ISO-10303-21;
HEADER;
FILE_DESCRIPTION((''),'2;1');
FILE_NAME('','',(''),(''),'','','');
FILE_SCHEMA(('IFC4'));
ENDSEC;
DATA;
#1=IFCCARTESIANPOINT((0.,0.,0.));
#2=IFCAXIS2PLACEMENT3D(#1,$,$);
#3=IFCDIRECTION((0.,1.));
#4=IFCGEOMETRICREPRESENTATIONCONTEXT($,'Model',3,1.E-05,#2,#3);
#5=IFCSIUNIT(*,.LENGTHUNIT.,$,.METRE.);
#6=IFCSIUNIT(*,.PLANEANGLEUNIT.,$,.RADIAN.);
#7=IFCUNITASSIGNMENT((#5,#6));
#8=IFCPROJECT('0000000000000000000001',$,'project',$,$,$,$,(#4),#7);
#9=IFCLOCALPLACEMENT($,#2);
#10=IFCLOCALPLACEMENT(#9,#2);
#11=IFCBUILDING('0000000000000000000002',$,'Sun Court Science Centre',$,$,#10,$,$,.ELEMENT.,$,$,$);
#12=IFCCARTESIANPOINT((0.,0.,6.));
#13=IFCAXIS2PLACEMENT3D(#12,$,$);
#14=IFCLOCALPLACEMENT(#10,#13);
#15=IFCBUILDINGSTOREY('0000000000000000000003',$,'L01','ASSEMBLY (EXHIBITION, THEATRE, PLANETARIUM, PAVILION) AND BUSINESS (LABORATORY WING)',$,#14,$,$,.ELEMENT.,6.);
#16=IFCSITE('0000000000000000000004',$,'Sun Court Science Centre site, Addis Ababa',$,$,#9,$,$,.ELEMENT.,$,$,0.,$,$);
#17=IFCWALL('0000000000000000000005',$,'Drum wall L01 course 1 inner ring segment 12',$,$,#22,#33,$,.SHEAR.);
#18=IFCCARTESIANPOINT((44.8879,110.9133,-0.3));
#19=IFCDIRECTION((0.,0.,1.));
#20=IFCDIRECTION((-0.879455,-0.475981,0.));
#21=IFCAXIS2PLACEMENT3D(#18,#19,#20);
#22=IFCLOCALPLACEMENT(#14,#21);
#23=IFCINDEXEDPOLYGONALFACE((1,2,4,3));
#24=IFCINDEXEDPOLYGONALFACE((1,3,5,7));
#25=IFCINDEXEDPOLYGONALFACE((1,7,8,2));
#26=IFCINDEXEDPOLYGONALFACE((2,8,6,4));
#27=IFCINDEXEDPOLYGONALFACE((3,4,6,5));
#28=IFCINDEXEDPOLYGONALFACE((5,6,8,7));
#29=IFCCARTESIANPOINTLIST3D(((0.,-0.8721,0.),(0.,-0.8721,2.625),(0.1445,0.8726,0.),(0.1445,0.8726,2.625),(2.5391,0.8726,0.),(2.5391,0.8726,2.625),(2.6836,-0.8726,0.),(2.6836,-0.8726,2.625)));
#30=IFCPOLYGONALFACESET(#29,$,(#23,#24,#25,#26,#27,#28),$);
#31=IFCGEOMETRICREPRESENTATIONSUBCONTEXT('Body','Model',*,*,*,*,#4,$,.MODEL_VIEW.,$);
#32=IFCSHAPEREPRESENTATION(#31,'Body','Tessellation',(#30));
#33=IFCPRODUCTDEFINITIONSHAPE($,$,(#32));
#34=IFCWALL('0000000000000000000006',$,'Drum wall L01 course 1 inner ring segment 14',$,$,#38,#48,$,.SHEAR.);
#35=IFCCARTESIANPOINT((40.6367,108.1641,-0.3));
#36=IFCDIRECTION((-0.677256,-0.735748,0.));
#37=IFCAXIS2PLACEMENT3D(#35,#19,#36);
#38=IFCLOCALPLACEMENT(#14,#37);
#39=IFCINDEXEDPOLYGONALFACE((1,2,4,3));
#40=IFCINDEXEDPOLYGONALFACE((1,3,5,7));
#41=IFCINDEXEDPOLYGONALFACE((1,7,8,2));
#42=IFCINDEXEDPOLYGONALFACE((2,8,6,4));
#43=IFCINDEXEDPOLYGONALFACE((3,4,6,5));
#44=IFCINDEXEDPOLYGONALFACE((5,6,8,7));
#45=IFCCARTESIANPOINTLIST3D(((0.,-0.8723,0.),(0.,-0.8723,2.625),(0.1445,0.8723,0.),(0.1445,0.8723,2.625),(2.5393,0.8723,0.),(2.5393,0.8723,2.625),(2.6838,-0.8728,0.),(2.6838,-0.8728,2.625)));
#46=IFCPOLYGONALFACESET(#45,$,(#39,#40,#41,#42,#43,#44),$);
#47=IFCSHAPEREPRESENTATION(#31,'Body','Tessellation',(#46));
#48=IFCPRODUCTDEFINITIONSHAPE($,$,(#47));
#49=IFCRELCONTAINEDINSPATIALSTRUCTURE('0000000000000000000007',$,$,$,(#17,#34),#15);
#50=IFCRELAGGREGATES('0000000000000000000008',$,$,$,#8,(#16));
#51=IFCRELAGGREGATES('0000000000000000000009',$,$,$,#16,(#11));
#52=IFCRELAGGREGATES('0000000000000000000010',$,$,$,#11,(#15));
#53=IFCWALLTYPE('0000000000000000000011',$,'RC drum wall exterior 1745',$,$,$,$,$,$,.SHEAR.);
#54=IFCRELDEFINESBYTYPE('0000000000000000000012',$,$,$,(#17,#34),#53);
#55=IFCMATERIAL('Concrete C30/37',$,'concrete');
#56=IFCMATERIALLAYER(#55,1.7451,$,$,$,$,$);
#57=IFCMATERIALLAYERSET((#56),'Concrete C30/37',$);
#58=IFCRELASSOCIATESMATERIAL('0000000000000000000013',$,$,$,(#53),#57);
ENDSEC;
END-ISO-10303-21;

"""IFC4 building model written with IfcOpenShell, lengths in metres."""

from ifc_helpers import new_model, si_unit, direction, frame, origin, place, context, subcontext, project, spatial, polyline, outline, extrude, material, layer, layer_set, type_object, element, save


model = new_model("IFC4")

# Units and contexts
model_context = context("Model", 3, precision=1e-05, world=origin(), true_north=direction((0.0, 1.0)))
body_context = subcontext(model_context, "Body", "Model", "MODEL_VIEW")
ifc_project = project(units=[si_unit("LENGTHUNIT", "METRE"), si_unit("PLANEANGLEUNIT", "RADIAN")], contexts=[model_context])

# Site, building, storey
site_placement = place(None, origin())
site = spatial("IfcSite", under=ifc_project, at=site_placement, Name="Sun Court Science Centre site, Addis Ababa", CompositionType="ELEMENT", RefElevation=0.0)
building_placement = place(site_placement, origin())
building = spatial("IfcBuilding", under=site, at=building_placement, Name="Sun Court Science Centre", CompositionType="ELEMENT")
storey_placement = place(building_placement, frame((0.0, 0.0, 6.0)))
storey = spatial("IfcBuildingStorey", under=building, at=storey_placement, Name="L01", Description="ASSEMBLY (EXHIBITION, THEATRE, PLANETARIUM, PAVILION) AND BUSINESS (LABORATORY WING)", CompositionType="ELEMENT", Elevation=6.0)

# Walls
ifc_material_1 = material(Name="Concrete C30/37", Category="concrete")
ifc_layer_1 = layer(ifc_material_1, 1.7451)
ifc_layer_set_1 = layer_set([ifc_layer_1], Name="Concrete C30/37")
wall_type_1 = type_object("IfcWallType", Name="RC drum wall exterior 1745", PredefinedType="SHEAR", material=ifc_layer_set_1)
wall_1_placement = place(storey_placement, frame((44.8879, 110.9133, -0.3), z_axis=(0.0, 0.0, 1.0), x_axis=(-0.879455, -0.475981, 0.0)))
element("IfcWall", 1, at=wall_1_placement, inside=storey, type_object=wall_type_1, Name="Drum wall L01 course 1 inner ring segment 12", PredefinedType="SHEAR", context=body_context, shape_type="SweptSolid", body=[
    extrude(outline(polyline([(0.0, -0.8721), (2.6836, -0.8726), (2.5391, 0.8726), (0.1445, 0.8726), (0.0, -0.8721)])), origin(), (0.0, 0.0, 1.0), 2.625),
])
wall_2_placement = place(storey_placement, frame((40.6367, 108.1641, -0.3), z_axis=(0.0, 0.0, 1.0), x_axis=(-0.677256, -0.735748, 0.0)))
element("IfcWall", 2, at=wall_2_placement, inside=storey, type_object=wall_type_1, Name="Drum wall L01 course 1 inner ring segment 14", PredefinedType="SHEAR", context=body_context, shape_type="SweptSolid", body=[
    extrude(outline(polyline([(0.0, -0.8723), (2.6838, -0.8728), (2.5393, 0.8723), (0.1445, 0.8723), (0.0, -0.8723)])), origin(), (0.0, 0.0, 1.0), 2.625),
])

save(model, "model.ifc")
